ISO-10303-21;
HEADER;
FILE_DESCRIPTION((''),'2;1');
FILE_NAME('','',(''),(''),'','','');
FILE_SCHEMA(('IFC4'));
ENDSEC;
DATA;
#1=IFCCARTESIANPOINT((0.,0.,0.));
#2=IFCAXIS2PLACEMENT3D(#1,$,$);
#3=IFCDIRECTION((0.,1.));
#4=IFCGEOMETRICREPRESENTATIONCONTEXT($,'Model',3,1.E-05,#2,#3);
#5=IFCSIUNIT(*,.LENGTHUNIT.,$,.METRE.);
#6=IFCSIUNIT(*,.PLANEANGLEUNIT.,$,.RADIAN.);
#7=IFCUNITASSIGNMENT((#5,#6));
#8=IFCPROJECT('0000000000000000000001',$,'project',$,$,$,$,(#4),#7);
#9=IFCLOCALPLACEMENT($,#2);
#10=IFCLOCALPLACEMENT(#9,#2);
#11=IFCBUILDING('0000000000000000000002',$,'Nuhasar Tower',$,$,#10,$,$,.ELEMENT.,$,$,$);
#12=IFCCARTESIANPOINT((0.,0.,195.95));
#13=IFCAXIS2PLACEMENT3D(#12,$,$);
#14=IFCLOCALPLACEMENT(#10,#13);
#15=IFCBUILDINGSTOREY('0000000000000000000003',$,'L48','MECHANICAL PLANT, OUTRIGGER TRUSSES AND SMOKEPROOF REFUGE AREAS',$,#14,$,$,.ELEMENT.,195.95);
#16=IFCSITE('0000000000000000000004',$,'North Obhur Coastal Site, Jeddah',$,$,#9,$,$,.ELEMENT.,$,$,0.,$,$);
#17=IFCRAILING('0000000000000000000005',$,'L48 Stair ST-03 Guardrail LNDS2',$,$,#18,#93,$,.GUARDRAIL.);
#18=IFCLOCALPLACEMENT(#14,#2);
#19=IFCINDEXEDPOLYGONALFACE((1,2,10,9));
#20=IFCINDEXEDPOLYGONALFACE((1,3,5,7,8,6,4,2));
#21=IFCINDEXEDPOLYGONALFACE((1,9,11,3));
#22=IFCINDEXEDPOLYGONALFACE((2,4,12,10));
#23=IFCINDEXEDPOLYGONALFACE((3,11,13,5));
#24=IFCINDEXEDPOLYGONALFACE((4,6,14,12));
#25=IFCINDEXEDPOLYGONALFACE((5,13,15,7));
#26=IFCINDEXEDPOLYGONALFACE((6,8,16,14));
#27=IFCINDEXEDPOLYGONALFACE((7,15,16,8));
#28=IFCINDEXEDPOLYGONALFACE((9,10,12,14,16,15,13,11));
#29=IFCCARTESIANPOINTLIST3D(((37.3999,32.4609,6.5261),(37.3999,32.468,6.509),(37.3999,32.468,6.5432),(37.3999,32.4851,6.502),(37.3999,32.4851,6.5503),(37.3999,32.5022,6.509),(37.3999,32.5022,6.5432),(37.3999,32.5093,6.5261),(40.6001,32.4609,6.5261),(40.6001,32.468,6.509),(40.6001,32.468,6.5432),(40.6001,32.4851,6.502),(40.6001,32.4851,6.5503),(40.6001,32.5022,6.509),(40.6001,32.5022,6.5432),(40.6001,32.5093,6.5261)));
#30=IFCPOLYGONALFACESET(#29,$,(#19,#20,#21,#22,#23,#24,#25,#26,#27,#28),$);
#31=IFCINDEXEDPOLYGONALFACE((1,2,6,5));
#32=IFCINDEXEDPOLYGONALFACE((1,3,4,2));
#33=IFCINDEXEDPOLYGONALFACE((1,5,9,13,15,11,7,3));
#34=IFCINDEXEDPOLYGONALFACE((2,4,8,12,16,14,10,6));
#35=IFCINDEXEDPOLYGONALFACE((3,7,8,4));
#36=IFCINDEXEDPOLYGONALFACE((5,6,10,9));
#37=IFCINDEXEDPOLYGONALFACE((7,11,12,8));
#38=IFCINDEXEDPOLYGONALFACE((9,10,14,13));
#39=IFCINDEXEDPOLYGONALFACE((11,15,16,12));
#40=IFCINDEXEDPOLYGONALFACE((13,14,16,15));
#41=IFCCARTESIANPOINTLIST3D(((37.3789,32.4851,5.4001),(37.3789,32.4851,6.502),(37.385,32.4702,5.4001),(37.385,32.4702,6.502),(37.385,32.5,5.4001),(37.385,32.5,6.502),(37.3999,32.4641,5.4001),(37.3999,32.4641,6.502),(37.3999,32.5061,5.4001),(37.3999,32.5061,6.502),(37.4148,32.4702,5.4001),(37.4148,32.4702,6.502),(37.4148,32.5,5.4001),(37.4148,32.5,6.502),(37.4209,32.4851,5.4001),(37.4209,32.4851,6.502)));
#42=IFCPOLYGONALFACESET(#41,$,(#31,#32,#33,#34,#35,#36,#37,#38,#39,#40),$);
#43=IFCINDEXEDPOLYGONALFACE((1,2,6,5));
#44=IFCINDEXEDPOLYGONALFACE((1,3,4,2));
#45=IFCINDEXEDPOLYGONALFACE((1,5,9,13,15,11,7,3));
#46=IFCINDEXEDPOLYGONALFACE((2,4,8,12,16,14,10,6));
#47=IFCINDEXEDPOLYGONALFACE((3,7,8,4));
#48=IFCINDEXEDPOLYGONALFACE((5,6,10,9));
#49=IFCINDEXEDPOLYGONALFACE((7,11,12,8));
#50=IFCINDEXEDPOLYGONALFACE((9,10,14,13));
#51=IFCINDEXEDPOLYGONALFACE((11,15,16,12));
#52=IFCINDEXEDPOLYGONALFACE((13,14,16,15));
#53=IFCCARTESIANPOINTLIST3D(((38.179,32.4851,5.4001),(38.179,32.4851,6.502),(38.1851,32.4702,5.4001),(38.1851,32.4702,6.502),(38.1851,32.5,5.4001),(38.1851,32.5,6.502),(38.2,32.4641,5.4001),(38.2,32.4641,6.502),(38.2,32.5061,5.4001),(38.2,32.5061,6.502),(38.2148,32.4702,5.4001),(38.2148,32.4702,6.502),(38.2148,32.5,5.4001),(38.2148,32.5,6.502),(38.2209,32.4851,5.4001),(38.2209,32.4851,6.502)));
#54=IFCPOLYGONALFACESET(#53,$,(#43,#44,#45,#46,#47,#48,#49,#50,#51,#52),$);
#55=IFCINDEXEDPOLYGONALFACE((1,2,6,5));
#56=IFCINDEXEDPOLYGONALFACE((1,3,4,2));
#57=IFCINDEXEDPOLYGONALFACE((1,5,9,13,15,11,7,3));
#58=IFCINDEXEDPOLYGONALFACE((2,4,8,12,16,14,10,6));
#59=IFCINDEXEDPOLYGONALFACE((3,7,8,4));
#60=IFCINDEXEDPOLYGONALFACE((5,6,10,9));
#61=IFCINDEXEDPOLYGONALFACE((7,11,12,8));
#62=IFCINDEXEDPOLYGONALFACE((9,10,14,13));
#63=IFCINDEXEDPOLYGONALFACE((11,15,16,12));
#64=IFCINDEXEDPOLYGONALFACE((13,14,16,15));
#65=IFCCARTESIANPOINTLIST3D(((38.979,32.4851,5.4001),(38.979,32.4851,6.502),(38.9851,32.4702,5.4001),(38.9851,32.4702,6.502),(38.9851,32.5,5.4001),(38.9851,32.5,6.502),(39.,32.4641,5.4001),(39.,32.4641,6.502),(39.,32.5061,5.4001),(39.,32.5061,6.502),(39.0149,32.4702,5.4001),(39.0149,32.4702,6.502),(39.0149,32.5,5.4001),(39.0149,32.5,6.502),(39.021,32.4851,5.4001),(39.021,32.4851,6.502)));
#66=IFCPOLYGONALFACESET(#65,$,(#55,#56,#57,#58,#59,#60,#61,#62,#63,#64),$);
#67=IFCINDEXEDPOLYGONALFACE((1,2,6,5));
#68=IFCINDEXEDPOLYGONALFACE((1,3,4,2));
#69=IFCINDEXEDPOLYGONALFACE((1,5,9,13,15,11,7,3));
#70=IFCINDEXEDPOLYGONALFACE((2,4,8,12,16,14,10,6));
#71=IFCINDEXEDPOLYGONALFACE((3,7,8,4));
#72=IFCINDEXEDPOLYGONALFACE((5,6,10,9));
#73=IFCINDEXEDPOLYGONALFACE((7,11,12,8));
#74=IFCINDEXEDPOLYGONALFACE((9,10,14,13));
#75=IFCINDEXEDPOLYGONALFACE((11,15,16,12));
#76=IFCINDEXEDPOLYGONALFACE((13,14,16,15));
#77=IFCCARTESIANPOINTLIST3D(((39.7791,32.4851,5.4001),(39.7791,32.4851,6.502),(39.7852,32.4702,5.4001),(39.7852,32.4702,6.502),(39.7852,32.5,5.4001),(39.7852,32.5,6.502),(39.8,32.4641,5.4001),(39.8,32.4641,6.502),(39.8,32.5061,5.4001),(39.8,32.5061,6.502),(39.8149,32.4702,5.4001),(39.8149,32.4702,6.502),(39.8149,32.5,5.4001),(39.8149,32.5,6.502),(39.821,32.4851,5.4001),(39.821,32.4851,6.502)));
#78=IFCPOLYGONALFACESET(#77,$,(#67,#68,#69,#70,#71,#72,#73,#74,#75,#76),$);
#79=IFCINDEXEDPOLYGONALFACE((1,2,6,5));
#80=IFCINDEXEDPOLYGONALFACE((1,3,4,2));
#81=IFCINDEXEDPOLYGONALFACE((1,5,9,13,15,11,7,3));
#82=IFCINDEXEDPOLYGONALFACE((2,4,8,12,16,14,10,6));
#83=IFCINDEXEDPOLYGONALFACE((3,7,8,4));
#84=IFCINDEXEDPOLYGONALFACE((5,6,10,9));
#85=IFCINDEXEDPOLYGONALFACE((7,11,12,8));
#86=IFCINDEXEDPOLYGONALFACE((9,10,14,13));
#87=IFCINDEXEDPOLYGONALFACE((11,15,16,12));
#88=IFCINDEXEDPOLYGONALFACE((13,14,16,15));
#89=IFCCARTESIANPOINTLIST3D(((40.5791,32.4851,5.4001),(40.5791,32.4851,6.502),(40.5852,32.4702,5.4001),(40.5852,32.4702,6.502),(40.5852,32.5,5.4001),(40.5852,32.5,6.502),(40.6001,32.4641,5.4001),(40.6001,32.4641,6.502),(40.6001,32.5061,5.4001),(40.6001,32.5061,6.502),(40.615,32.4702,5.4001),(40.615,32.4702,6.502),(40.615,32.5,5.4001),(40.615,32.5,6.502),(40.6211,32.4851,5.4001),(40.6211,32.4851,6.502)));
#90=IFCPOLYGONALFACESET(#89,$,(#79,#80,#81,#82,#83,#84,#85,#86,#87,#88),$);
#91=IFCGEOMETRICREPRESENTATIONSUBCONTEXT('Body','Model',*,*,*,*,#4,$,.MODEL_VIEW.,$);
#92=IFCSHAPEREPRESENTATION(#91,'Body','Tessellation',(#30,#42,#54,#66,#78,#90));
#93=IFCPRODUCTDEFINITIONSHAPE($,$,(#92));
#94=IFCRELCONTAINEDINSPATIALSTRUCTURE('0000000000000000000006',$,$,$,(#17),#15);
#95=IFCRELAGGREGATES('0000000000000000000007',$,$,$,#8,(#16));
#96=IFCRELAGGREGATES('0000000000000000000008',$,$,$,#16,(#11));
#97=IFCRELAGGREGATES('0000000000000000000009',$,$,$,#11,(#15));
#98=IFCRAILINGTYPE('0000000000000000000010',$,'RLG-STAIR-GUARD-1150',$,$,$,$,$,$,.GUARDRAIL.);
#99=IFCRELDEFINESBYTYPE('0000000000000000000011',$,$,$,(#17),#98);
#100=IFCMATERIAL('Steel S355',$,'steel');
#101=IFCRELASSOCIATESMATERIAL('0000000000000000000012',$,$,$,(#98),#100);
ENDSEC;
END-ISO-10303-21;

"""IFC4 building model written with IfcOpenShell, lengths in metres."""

from ifc_helpers import new_model, si_unit, direction, frame, origin, place, context, subcontext, project, spatial, polyline, outline, extrude, material, type_object, element, save


model = new_model("IFC4")

# Units and contexts
model_context = context("Model", 3, precision=1e-05, world=origin(), true_north=direction((0.0, 1.0)))
body_context = subcontext(model_context, "Body", "Model", "MODEL_VIEW")
ifc_project = project(units=[si_unit("LENGTHUNIT", "METRE"), si_unit("PLANEANGLEUNIT", "RADIAN")], contexts=[model_context])

# Site, building, storey
site_placement = place(None, origin())
site = spatial("IfcSite", under=ifc_project, at=site_placement, Name="North Obhur Coastal Site, Jeddah", CompositionType="ELEMENT", RefElevation=0.0)
building_placement = place(site_placement, origin())
building = spatial("IfcBuilding", under=site, at=building_placement, Name="Nuhasar Tower", CompositionType="ELEMENT")
storey_placement = place(building_placement, frame((0.0, 0.0, 195.95)))
storey = spatial("IfcBuildingStorey", under=building, at=storey_placement, Name="L48", Description="MECHANICAL PLANT, OUTRIGGER TRUSSES AND SMOKEPROOF REFUGE AREAS", CompositionType="ELEMENT", Elevation=195.95)

# Shared definitions
ifc_material_1 = material(Name="Steel S355", Category="steel")

# Railing
railing_type_1 = type_object("IfcRailingType", Name="RLG-STAIR-GUARD-1150", PredefinedType="GUARDRAIL", material=ifc_material_1)
railing_1_placement = place(storey_placement, frame((37.3999, 32.4851, 5.4001)))
element("IfcRailing", 1, at=railing_1_placement, inside=storey, type_object=railing_type_1, Name="L48 Stair ST-03 Guardrail LNDS2", PredefinedType="GUARDRAIL", context=body_context, shape_type="SweptSolid", body=[
    extrude(outline(polyline([(0.0242, 0.0), (0.0171, 0.0171), (0.0, 0.0242), (-0.0171, 0.0171), (-0.0242, 0.0), (-0.0171, -0.0171), (0.0, -0.0242), (0.0171, -0.0171), (0.0242, 0.0)])), frame((0.0, 0.0, 1.126), z_axis=(1.0, 0.0, 0.0), x_axis=(0.0, 1.0, 0.0)), (0.0, 0.0, 1.0), 3.2002),
    extrude(outline(polyline([(0.021, 0.0), (0.0149, 0.0149), (0.0, 0.021), (-0.0149, 0.0149), (-0.021, 0.0), (-0.0149, -0.0149), (0.0, -0.021), (0.0149, -0.0149), (0.021, 0.0)])), origin(), (0.0, 0.0, 1.0), 1.1018),
    extrude(outline(polyline([(0.021, 0.0), (0.0149, 0.0149), (0.0, 0.021), (-0.0149, 0.0149), (-0.021, 0.0), (-0.0149, -0.0149), (0.0, -0.021), (0.0149, -0.0149), (0.021, 0.0)])), frame((0.8, 0.0, 0.0)), (0.0, 0.0, 1.0), 1.1018),
    extrude(outline(polyline([(0.021, 0.0), (0.0149, 0.0149), (0.0, 0.021), (-0.0149, 0.0149), (-0.021, 0.0), (-0.0149, -0.0149), (0.0, -0.021), (0.0149, -0.0149), (0.021, 0.0)])), frame((1.6001, 0.0, 0.0)), (0.0, 0.0, 1.0), 1.1018),
    extrude(outline(polyline([(0.021, 0.0), (0.0149, 0.0149), (0.0, 0.021), (-0.0149, 0.0149), (-0.021, 0.0), (-0.0149, -0.0149), (0.0, -0.021), (0.0149, -0.0149), (0.021, 0.0)])), frame((2.4001, 0.0, 0.0)), (0.0, 0.0, 1.0), 1.1018),
    extrude(outline(polyline([(0.021, 0.0), (0.0149, 0.0149), (0.0, 0.021), (-0.0149, 0.0149), (-0.021, 0.0), (-0.0149, -0.0149), (0.0, -0.021), (0.0149, -0.0149), (0.021, 0.0)])), frame((3.2002, 0.0, 0.0)), (0.0, 0.0, 1.0), 1.1018),
])

save(model, "model.ifc")
